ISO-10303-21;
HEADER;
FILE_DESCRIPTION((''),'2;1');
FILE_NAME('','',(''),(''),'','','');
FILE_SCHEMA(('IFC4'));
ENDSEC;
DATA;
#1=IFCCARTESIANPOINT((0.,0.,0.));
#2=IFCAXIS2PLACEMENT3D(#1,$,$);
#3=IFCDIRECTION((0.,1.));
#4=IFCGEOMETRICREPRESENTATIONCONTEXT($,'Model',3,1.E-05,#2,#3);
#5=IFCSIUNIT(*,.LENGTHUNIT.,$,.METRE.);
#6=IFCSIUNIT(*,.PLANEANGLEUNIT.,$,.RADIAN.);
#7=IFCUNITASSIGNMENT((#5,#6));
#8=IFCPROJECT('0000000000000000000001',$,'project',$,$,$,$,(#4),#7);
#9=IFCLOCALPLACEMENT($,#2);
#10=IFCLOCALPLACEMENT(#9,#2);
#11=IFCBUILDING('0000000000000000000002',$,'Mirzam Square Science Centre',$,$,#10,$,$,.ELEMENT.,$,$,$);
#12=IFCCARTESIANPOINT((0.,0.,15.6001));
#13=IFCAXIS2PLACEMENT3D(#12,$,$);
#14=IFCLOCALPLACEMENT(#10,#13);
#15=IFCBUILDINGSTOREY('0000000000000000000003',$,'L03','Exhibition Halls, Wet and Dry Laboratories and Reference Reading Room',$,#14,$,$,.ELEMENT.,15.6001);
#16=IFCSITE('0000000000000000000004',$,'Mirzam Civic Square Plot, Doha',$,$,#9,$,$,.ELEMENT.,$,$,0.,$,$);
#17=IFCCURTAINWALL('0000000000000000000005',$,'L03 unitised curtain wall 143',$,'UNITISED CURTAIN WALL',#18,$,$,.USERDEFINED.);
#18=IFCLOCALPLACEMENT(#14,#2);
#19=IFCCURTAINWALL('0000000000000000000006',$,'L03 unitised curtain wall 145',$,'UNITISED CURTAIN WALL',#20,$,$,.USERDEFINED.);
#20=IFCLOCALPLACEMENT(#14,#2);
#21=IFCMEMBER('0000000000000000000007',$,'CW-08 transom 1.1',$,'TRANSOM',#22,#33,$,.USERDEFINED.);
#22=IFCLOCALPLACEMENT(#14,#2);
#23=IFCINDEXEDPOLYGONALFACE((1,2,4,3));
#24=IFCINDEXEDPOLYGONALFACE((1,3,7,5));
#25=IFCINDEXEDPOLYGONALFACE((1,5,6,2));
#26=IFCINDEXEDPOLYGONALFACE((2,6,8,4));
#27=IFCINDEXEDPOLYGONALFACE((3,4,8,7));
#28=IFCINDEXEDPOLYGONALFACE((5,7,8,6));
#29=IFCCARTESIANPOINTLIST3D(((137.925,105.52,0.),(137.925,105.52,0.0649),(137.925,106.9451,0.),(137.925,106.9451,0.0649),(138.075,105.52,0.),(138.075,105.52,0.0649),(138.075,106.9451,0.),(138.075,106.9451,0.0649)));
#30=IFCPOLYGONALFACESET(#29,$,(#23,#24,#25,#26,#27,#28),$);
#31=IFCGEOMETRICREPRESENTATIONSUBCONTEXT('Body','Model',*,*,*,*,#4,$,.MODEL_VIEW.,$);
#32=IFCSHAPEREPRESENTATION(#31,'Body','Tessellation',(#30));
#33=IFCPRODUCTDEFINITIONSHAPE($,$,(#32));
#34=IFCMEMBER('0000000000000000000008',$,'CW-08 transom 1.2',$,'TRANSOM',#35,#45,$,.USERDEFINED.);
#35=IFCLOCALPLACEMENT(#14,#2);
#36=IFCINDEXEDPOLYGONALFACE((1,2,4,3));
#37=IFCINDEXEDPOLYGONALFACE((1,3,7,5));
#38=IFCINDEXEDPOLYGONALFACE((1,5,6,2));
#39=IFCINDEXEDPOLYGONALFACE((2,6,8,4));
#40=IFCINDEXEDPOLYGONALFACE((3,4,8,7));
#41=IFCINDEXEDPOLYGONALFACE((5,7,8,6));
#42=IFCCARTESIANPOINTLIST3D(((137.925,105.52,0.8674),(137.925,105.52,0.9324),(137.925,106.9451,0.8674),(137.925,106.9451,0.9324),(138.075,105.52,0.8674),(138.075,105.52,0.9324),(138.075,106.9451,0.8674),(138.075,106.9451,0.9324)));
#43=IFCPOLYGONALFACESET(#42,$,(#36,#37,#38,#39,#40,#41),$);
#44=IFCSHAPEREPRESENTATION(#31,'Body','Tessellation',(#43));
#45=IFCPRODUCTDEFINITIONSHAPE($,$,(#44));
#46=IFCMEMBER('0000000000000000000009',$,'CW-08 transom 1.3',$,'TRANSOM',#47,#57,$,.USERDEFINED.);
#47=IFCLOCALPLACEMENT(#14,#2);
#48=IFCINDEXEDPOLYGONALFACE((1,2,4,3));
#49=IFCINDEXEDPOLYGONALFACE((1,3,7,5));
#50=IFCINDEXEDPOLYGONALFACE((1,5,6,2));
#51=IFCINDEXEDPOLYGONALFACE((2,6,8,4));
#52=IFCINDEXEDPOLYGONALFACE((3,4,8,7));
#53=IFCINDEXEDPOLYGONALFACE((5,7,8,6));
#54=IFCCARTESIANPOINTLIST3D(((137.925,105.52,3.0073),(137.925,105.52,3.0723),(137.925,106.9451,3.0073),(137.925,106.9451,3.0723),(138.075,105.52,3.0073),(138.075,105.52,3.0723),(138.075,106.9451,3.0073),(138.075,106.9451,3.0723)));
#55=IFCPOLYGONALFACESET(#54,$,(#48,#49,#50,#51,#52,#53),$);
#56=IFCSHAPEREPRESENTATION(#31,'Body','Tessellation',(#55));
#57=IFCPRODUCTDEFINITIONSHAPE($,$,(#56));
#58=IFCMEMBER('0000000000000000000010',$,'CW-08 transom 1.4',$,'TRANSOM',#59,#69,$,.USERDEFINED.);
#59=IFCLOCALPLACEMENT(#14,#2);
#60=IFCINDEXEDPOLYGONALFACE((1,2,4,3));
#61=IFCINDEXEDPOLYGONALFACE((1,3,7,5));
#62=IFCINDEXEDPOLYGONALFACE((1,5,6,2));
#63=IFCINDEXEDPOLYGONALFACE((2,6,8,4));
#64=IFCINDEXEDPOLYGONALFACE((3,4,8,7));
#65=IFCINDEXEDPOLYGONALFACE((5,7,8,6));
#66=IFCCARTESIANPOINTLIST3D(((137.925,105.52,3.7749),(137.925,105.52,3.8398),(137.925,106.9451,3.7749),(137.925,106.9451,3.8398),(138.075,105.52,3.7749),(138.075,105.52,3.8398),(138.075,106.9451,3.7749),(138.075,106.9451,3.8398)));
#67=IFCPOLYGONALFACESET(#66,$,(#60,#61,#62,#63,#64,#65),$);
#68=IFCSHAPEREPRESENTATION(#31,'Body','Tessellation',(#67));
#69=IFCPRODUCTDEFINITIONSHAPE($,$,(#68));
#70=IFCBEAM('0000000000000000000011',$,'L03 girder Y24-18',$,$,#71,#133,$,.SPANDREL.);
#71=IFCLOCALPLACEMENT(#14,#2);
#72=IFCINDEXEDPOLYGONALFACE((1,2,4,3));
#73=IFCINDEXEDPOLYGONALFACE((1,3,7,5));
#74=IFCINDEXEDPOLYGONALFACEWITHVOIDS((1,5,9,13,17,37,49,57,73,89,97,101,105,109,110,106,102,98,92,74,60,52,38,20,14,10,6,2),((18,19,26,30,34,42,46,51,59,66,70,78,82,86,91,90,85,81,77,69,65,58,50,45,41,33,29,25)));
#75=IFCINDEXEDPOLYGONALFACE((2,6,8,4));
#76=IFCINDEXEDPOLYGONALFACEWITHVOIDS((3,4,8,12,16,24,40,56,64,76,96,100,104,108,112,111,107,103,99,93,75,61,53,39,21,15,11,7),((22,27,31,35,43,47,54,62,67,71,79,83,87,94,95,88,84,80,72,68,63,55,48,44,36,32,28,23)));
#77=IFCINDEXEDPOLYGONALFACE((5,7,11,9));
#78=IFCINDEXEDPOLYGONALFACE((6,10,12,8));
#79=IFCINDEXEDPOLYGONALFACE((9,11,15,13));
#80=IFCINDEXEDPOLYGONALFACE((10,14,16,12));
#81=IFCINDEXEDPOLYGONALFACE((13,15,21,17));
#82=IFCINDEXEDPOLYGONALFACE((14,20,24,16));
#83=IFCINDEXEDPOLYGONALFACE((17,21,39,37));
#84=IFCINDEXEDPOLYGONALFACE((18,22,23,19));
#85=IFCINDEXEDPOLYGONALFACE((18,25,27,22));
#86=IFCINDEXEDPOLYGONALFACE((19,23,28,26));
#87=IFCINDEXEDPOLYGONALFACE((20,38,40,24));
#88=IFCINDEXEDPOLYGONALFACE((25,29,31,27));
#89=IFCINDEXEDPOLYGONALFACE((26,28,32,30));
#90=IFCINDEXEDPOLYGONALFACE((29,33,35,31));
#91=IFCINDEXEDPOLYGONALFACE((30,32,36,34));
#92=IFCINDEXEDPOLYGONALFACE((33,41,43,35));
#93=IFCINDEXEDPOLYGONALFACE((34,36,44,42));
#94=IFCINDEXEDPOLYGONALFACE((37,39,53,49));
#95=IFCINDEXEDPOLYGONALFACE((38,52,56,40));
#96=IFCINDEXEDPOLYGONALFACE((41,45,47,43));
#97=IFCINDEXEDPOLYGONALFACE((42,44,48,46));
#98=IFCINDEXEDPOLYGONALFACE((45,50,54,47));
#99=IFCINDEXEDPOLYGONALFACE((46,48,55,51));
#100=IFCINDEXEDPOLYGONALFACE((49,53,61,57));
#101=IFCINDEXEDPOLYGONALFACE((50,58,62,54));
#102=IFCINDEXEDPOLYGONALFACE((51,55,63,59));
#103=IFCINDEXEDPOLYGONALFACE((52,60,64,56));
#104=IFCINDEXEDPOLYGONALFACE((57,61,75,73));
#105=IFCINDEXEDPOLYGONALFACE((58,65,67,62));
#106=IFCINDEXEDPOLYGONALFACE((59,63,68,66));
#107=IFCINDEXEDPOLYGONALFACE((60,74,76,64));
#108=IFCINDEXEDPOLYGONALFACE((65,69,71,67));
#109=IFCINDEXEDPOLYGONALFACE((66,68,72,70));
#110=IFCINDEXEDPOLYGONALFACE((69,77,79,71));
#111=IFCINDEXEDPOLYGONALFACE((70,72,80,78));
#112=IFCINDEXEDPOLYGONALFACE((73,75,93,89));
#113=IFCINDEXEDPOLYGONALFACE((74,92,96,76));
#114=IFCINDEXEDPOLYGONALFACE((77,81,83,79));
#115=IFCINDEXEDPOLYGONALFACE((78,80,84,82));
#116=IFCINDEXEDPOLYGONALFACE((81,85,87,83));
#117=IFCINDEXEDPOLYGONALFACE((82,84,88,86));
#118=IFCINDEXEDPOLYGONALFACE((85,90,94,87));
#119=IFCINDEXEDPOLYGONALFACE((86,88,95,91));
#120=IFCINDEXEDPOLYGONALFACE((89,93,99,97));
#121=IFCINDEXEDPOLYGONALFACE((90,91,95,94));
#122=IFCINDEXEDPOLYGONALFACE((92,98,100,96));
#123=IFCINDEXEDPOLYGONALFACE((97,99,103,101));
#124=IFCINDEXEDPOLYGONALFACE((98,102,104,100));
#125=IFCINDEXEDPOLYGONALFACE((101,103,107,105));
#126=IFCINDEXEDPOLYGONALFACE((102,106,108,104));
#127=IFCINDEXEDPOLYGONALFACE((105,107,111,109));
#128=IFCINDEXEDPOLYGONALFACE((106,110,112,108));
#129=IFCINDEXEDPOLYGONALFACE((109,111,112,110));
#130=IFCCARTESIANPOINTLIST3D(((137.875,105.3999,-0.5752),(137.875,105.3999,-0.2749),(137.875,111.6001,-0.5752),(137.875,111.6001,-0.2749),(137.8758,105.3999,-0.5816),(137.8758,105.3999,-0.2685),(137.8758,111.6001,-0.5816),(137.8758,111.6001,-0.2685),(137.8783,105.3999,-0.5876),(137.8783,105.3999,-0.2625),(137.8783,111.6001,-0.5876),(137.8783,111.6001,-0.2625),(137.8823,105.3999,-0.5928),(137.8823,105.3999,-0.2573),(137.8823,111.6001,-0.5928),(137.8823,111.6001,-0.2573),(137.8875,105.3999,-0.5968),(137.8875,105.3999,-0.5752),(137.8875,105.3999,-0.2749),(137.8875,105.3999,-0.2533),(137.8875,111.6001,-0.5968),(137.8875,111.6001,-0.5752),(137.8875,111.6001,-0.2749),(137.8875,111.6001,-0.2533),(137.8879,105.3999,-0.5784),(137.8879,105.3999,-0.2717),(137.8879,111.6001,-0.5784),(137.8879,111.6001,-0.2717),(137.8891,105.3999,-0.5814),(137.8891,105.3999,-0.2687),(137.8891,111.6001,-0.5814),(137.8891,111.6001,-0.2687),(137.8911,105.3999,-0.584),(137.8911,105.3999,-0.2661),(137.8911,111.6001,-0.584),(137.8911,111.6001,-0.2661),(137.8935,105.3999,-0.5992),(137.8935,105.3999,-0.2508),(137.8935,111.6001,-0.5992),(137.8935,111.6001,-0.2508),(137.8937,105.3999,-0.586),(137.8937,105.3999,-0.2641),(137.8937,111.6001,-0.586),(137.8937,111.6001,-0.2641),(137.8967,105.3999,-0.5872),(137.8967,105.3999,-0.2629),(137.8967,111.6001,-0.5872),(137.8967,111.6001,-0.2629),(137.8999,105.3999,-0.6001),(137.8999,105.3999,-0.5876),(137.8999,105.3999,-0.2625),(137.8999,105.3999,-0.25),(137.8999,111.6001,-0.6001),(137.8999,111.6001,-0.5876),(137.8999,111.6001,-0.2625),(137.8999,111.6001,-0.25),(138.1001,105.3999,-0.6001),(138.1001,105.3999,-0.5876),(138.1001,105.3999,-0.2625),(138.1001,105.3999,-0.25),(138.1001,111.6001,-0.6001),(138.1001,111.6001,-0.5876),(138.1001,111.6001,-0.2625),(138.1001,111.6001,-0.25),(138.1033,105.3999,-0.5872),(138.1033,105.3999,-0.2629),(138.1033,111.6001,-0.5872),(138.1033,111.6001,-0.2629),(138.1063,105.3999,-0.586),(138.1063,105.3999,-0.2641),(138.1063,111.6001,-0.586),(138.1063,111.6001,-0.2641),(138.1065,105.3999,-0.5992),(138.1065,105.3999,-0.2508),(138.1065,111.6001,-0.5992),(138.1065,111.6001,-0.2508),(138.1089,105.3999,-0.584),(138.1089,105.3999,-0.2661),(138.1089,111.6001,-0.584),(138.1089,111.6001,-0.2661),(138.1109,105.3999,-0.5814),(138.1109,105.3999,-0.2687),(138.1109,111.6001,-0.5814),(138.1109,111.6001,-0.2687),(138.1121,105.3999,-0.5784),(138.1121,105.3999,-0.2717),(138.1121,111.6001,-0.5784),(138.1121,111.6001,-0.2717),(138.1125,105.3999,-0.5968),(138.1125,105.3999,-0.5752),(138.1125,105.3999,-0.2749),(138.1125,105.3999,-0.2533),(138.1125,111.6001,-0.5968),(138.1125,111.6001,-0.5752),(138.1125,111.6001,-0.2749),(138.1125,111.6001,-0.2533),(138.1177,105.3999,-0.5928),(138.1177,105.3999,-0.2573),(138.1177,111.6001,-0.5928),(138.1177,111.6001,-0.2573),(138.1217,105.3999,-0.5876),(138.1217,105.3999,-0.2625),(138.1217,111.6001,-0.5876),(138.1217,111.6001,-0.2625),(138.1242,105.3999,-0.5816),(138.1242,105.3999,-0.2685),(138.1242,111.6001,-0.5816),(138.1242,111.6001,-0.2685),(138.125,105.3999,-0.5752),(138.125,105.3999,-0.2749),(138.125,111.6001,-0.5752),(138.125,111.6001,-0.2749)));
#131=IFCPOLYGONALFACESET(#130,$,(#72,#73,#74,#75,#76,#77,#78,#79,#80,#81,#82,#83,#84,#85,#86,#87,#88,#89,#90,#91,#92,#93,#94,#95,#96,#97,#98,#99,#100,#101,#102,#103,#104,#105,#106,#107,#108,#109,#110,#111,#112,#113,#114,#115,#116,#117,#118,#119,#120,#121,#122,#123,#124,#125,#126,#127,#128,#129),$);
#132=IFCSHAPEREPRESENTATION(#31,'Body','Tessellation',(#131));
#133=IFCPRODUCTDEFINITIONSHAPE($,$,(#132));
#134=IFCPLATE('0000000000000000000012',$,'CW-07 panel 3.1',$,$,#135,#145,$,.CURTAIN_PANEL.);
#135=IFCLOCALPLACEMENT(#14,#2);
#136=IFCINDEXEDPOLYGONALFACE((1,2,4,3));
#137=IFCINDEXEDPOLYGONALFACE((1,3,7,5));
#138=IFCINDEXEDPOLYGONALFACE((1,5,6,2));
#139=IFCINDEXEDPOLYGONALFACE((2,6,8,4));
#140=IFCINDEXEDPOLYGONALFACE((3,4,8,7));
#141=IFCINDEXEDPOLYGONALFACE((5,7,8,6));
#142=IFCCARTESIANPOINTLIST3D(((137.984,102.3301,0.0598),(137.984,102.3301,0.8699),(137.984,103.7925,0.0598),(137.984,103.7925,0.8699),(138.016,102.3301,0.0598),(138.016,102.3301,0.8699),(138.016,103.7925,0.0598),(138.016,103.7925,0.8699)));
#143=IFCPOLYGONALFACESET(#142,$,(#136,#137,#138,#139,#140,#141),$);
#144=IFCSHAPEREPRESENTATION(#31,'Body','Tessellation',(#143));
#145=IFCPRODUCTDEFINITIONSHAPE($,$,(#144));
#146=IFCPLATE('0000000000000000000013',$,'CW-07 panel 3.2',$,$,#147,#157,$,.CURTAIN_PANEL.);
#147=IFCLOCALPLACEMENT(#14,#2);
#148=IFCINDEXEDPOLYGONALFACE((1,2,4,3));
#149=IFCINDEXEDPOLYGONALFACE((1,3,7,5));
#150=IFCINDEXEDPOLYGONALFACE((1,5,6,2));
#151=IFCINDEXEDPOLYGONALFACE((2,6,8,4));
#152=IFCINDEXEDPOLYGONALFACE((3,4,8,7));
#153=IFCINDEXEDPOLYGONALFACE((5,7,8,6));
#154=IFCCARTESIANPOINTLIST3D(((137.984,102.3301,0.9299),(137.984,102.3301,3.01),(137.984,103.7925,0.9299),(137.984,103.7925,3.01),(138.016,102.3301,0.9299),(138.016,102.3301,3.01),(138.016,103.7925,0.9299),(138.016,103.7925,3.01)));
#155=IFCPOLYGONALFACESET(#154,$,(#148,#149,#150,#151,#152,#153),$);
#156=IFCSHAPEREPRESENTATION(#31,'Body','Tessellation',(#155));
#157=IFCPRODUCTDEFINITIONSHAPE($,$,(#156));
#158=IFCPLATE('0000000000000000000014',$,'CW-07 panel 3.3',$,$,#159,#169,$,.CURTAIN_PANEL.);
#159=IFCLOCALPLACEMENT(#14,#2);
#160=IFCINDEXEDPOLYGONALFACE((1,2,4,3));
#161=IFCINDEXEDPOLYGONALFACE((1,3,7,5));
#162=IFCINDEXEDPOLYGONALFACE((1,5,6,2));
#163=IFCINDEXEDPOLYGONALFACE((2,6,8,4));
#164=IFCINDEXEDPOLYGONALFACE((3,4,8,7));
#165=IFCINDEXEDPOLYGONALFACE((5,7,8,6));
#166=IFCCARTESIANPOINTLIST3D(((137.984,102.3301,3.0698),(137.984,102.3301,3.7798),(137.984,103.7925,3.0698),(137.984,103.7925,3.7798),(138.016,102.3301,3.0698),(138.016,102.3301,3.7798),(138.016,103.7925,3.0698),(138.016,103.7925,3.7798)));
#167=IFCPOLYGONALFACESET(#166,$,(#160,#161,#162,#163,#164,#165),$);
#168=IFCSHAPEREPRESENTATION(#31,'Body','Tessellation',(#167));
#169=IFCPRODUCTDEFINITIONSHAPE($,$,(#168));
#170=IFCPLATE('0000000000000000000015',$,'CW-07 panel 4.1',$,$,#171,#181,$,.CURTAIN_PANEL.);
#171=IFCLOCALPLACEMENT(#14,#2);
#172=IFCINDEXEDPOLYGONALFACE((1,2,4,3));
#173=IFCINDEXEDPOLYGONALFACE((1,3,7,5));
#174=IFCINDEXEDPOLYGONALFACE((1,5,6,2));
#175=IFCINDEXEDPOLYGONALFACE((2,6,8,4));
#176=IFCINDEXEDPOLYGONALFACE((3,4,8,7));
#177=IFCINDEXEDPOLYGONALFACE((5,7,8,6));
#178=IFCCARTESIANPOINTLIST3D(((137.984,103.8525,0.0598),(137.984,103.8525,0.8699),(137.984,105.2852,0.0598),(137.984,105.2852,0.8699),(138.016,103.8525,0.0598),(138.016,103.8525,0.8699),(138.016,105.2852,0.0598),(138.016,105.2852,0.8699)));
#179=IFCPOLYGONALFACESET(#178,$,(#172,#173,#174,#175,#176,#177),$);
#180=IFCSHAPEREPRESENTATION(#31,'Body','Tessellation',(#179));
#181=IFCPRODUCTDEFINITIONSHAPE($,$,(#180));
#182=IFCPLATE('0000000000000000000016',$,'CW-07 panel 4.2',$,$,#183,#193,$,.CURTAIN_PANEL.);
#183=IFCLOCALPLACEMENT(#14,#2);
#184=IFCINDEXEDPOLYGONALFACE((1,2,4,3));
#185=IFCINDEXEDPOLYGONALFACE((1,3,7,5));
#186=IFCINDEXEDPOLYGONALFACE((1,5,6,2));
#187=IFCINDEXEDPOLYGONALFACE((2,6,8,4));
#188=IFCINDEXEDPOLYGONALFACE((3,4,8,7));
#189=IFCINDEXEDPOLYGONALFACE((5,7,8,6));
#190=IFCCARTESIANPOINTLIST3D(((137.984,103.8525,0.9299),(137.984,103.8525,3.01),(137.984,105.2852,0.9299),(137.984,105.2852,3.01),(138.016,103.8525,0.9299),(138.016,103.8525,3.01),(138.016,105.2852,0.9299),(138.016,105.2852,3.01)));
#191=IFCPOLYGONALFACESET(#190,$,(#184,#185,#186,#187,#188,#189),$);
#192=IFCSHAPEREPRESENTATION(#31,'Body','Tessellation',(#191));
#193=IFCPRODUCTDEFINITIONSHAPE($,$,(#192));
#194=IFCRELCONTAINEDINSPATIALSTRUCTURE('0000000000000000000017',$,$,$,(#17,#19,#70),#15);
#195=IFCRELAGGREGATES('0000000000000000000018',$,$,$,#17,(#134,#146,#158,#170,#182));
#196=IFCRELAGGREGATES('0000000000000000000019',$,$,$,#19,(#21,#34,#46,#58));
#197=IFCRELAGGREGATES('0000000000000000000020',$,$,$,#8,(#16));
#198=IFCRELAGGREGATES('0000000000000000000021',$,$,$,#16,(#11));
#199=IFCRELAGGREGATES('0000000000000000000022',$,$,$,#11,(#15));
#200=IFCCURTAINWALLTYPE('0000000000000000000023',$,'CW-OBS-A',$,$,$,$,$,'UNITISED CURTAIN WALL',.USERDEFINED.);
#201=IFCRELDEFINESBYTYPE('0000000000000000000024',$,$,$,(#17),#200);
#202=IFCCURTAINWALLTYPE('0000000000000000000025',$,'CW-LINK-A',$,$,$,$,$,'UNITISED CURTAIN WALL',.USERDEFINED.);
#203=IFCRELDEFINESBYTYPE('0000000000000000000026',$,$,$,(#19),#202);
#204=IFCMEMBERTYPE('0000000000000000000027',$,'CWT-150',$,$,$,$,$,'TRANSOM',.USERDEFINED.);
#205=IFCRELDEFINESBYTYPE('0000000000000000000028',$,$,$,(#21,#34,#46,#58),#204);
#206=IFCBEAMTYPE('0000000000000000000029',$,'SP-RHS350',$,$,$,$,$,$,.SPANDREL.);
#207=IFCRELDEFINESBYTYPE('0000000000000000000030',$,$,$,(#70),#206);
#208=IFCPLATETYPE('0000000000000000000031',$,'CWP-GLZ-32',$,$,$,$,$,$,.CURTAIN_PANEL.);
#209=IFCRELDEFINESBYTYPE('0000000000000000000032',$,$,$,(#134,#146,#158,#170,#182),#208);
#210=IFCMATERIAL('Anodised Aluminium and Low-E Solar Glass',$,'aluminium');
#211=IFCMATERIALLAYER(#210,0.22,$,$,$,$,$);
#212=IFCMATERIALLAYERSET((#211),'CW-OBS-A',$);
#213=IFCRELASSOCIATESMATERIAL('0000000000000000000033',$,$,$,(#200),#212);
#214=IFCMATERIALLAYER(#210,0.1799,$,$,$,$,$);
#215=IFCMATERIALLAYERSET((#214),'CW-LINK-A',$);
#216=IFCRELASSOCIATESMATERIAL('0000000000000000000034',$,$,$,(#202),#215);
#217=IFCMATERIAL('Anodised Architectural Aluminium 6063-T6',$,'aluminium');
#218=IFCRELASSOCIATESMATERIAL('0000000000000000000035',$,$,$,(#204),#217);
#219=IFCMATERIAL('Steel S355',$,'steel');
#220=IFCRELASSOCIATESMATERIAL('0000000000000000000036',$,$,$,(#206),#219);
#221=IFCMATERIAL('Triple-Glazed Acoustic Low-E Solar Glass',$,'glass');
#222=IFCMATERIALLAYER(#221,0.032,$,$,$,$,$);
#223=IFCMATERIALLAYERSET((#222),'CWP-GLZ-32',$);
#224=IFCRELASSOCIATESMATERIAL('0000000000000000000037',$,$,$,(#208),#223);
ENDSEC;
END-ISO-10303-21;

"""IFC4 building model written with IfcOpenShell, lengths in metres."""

from ifc_helpers import new_model, si_unit, direction, frame, origin, origin_2d, place, context, subcontext, project, spatial, rectangle, hollow_rectangle, extrude, material, layer, layer_set, material_profile, profile_set, type_object, element, aggregate, save


model = new_model("IFC4")

# Units and contexts
model_context = context("Model", 3, precision=1e-05, world=origin(), true_north=direction((0.0, 1.0)))
body_context = subcontext(model_context, "Body", "Model", "MODEL_VIEW")
ifc_project = project(units=[si_unit("LENGTHUNIT", "METRE"), si_unit("PLANEANGLEUNIT", "RADIAN")], contexts=[model_context])

# Site, building, storey
site_placement = place(None, origin())
site = spatial("IfcSite", under=ifc_project, at=site_placement, Name="Mirzam Civic Square Plot, Doha", CompositionType="ELEMENT", RefElevation=0.0)
building_placement = place(site_placement, origin())
building = spatial("IfcBuilding", under=site, at=building_placement, Name="Mirzam Square Science Centre", CompositionType="ELEMENT")
storey_placement = place(building_placement, frame((0.0, 0.0, 15.6001)))
storey = spatial("IfcBuildingStorey", under=building, at=storey_placement, Name="L03", Description="Exhibition Halls, Wet and Dry Laboratories and Reference Reading Room", CompositionType="ELEMENT", Elevation=15.6001)

# Shared definitions
ifc_material_1 = material(Name="Steel S355", Category="steel")

# Curtain wall
ifc_material_2 = material(Name="Anodised Aluminium and Low-E Solar Glass", Category="aluminium")
ifc_layer_1 = layer(ifc_material_2, 0.22)
ifc_layer_set_1 = layer_set([ifc_layer_1], Name="CW-OBS-A")
curtain_wall_type_1 = type_object("IfcCurtainWallType", Name="CW-OBS-A", ElementType="UNITISED CURTAIN WALL", PredefinedType="USERDEFINED", material=ifc_layer_set_1)
curtain_wall_1_placement = place(storey_placement, origin())
curtain_wall_1 = element("IfcCurtainWall", 1, at=curtain_wall_1_placement, inside=storey, type_object=curtain_wall_type_1, Name="L03 unitised curtain wall 143", ObjectType="UNITISED CURTAIN WALL", PredefinedType="USERDEFINED")
ifc_material_3 = material(Name="Anodised Architectural Aluminium 6063-T6", Category="aluminium")

# Curtain wall
ifc_layer_2 = layer(ifc_material_2, 0.1799)
ifc_layer_set_2 = layer_set([ifc_layer_2], Name="CW-LINK-A")
curtain_wall_type_2 = type_object("IfcCurtainWallType", Name="CW-LINK-A", ElementType="UNITISED CURTAIN WALL", PredefinedType="USERDEFINED", material=ifc_layer_set_2)
curtain_wall_2_placement = place(storey_placement, origin())
curtain_wall_2 = element("IfcCurtainWall", 2, at=curtain_wall_2_placement, inside=storey, type_object=curtain_wall_type_2, Name="L03 unitised curtain wall 145", ObjectType="UNITISED CURTAIN WALL", PredefinedType="USERDEFINED")

# Members
ifc_material_profile_1 = material_profile(ifc_material_3, rectangle(XDim=0.1499, YDim=0.0649, at=origin_2d()), Name="ALU-TRAN-150x65x4")
ifc_profile_set_1 = profile_set([ifc_material_profile_1], Name="Anodised Architectural Aluminium 6063-T6")
member_type_1 = type_object("IfcMemberType", Name="CWT-150", ElementType="TRANSOM", PredefinedType="USERDEFINED", material=ifc_profile_set_1)
member_1_placement = place(storey_placement, frame((138.0, 105.52, 0.0325), z_axis=(0.0, 1.0, 0.0), x_axis=(-1.0, 0.0, 0.0)))
member_1 = element("IfcMember", 3, at=member_1_placement, type_object=member_type_1, Name="CW-08 transom 1.1", ObjectType="TRANSOM", PredefinedType="USERDEFINED", context=body_context, shape_type="SweptSolid", body=[
    extrude(rectangle(XDim=0.1499, YDim=0.0649, at=origin_2d()), origin(), (0.0, 0.0, 1.0), 1.425),
])
member_2_placement = place(storey_placement, frame((138.0, 105.52, 0.8999), z_axis=(0.0, 1.0, 0.0), x_axis=(-1.0, 0.0, 0.0)))
member_2 = element("IfcMember", 4, at=member_2_placement, type_object=member_type_1, Name="CW-08 transom 1.2", ObjectType="TRANSOM", PredefinedType="USERDEFINED", context=body_context, shape_type="SweptSolid", body=[
    extrude(rectangle(XDim=0.1499, YDim=0.0649, at=origin_2d()), origin(), (0.0, 0.0, 1.0), 1.425),
])
member_3_placement = place(storey_placement, frame((138.0, 105.52, 3.0398), z_axis=(0.0, 1.0, 0.0), x_axis=(-1.0, 0.0, 0.0)))
member_3 = element("IfcMember", 5, at=member_3_placement, type_object=member_type_1, Name="CW-08 transom 1.3", ObjectType="TRANSOM", PredefinedType="USERDEFINED", context=body_context, shape_type="SweptSolid", body=[
    extrude(rectangle(XDim=0.1499, YDim=0.0649, at=origin_2d()), origin(), (0.0, 0.0, 1.0), 1.425),
])
member_4_placement = place(storey_placement, frame((138.0, 105.52, 3.8074), z_axis=(0.0, 1.0, 0.0), x_axis=(-1.0, 0.0, 0.0)))
member_4 = element("IfcMember", 6, at=member_4_placement, type_object=member_type_1, Name="CW-08 transom 1.4", ObjectType="TRANSOM", PredefinedType="USERDEFINED", context=body_context, shape_type="SweptSolid", body=[
    extrude(rectangle(XDim=0.1499, YDim=0.0649, at=origin_2d()), origin(), (0.0, 0.0, 1.0), 1.425),
])

# Beam
ifc_material_profile_2 = material_profile(ifc_material_1, hollow_rectangle(XDim=0.25, YDim=0.3501, WallThickness=0.0125, InnerFilletRadius=0.0125, OuterFilletRadius=0.0249, at=origin_2d()), Name="350x250x12.5RHS")
ifc_profile_set_2 = profile_set([ifc_material_profile_2], Name="Steel S355")
beam_type = type_object("IfcBeamType", Name="SP-RHS350", PredefinedType="SPANDREL", material=ifc_profile_set_2)
beam_placement = place(storey_placement, frame((138.0, 105.3999, -0.425), z_axis=(0.0, 1.0, 0.0), x_axis=(-1.0, 0.0, 0.0)))
element("IfcBeam", 7, at=beam_placement, inside=storey, type_object=beam_type, Name="L03 girder Y24-18", PredefinedType="SPANDREL", context=body_context, shape_type="SweptSolid", body=[
    extrude(hollow_rectangle(XDim=0.25, YDim=0.3501, WallThickness=0.0125, InnerFilletRadius=0.0125, OuterFilletRadius=0.0249, at=origin_2d()), origin(), (0.0, 0.0, 1.0), 6.2002),
])

# Plates
ifc_material_4 = material(Name="Triple-Glazed Acoustic Low-E Solar Glass", Category="glass")
ifc_layer_3 = layer(ifc_material_4, 0.032)
ifc_layer_set_3 = layer_set([ifc_layer_3], Name="CWP-GLZ-32")
plate_type_1 = type_object("IfcPlateType", Name="CWP-GLZ-32", PredefinedType="CURTAIN_PANEL", material=ifc_layer_set_3)
plate_1_placement = place(storey_placement, frame((138.0, 103.0613, 0.0598), z_axis=(0.0, 0.0, 1.0), x_axis=(0.0, 1.0, 0.0)))
plate_1 = element("IfcPlate", 8, at=plate_1_placement, type_object=plate_type_1, Name="CW-07 panel 3.1", PredefinedType="CURTAIN_PANEL", context=body_context, shape_type="SweptSolid", body=[
    extrude(rectangle(XDim=1.4624, YDim=0.032, at=origin_2d()), origin(), (0.0, 0.0, 1.0), 0.8101),
])
plate_2_placement = place(storey_placement, frame((138.0, 103.0613, 0.9299), z_axis=(0.0, 0.0, 1.0), x_axis=(0.0, 1.0, 0.0)))
plate_2 = element("IfcPlate", 9, at=plate_2_placement, type_object=plate_type_1, Name="CW-07 panel 3.2", PredefinedType="CURTAIN_PANEL", context=body_context, shape_type="SweptSolid", body=[
    extrude(rectangle(XDim=1.4624, YDim=0.032, at=origin_2d()), origin(), (0.0, 0.0, 1.0), 2.0801),
])
plate_3_placement = place(storey_placement, frame((138.0, 103.0613, 3.0698), z_axis=(0.0, 0.0, 1.0), x_axis=(0.0, 1.0, 0.0)))
plate_3 = element("IfcPlate", 10, at=plate_3_placement, type_object=plate_type_1, Name="CW-07 panel 3.3", PredefinedType="CURTAIN_PANEL", context=body_context, shape_type="SweptSolid", body=[
    extrude(rectangle(XDim=1.4624, YDim=0.032, at=origin_2d()), origin(), (0.0, 0.0, 1.0), 0.71),
])
plate_4_placement = place(storey_placement, frame((138.0, 104.5688, 0.0598), z_axis=(0.0, 0.0, 1.0), x_axis=(0.0, 1.0, 0.0)))
plate_4 = element("IfcPlate", 11, at=plate_4_placement, type_object=plate_type_1, Name="CW-07 panel 4.1", PredefinedType="CURTAIN_PANEL", context=body_context, shape_type="SweptSolid", body=[
    extrude(rectangle(XDim=1.4326, YDim=0.032, at=origin_2d()), origin(), (0.0, 0.0, 1.0), 0.8101),
])
plate_5_placement = place(storey_placement, frame((138.0, 104.5688, 0.9299), z_axis=(0.0, 0.0, 1.0), x_axis=(0.0, 1.0, 0.0)))
plate_5 = element("IfcPlate", 12, at=plate_5_placement, type_object=plate_type_1, Name="CW-07 panel 4.2", PredefinedType="CURTAIN_PANEL", context=body_context, shape_type="SweptSolid", body=[
    extrude(rectangle(XDim=1.4326, YDim=0.032, at=origin_2d()), origin(), (0.0, 0.0, 1.0), 2.0801),
])
aggregate(curtain_wall_1, [plate_1, plate_2, plate_3, plate_4, plate_5])
aggregate(curtain_wall_2, [member_1, member_2, member_3, member_4])

save(model, "model.ifc")
